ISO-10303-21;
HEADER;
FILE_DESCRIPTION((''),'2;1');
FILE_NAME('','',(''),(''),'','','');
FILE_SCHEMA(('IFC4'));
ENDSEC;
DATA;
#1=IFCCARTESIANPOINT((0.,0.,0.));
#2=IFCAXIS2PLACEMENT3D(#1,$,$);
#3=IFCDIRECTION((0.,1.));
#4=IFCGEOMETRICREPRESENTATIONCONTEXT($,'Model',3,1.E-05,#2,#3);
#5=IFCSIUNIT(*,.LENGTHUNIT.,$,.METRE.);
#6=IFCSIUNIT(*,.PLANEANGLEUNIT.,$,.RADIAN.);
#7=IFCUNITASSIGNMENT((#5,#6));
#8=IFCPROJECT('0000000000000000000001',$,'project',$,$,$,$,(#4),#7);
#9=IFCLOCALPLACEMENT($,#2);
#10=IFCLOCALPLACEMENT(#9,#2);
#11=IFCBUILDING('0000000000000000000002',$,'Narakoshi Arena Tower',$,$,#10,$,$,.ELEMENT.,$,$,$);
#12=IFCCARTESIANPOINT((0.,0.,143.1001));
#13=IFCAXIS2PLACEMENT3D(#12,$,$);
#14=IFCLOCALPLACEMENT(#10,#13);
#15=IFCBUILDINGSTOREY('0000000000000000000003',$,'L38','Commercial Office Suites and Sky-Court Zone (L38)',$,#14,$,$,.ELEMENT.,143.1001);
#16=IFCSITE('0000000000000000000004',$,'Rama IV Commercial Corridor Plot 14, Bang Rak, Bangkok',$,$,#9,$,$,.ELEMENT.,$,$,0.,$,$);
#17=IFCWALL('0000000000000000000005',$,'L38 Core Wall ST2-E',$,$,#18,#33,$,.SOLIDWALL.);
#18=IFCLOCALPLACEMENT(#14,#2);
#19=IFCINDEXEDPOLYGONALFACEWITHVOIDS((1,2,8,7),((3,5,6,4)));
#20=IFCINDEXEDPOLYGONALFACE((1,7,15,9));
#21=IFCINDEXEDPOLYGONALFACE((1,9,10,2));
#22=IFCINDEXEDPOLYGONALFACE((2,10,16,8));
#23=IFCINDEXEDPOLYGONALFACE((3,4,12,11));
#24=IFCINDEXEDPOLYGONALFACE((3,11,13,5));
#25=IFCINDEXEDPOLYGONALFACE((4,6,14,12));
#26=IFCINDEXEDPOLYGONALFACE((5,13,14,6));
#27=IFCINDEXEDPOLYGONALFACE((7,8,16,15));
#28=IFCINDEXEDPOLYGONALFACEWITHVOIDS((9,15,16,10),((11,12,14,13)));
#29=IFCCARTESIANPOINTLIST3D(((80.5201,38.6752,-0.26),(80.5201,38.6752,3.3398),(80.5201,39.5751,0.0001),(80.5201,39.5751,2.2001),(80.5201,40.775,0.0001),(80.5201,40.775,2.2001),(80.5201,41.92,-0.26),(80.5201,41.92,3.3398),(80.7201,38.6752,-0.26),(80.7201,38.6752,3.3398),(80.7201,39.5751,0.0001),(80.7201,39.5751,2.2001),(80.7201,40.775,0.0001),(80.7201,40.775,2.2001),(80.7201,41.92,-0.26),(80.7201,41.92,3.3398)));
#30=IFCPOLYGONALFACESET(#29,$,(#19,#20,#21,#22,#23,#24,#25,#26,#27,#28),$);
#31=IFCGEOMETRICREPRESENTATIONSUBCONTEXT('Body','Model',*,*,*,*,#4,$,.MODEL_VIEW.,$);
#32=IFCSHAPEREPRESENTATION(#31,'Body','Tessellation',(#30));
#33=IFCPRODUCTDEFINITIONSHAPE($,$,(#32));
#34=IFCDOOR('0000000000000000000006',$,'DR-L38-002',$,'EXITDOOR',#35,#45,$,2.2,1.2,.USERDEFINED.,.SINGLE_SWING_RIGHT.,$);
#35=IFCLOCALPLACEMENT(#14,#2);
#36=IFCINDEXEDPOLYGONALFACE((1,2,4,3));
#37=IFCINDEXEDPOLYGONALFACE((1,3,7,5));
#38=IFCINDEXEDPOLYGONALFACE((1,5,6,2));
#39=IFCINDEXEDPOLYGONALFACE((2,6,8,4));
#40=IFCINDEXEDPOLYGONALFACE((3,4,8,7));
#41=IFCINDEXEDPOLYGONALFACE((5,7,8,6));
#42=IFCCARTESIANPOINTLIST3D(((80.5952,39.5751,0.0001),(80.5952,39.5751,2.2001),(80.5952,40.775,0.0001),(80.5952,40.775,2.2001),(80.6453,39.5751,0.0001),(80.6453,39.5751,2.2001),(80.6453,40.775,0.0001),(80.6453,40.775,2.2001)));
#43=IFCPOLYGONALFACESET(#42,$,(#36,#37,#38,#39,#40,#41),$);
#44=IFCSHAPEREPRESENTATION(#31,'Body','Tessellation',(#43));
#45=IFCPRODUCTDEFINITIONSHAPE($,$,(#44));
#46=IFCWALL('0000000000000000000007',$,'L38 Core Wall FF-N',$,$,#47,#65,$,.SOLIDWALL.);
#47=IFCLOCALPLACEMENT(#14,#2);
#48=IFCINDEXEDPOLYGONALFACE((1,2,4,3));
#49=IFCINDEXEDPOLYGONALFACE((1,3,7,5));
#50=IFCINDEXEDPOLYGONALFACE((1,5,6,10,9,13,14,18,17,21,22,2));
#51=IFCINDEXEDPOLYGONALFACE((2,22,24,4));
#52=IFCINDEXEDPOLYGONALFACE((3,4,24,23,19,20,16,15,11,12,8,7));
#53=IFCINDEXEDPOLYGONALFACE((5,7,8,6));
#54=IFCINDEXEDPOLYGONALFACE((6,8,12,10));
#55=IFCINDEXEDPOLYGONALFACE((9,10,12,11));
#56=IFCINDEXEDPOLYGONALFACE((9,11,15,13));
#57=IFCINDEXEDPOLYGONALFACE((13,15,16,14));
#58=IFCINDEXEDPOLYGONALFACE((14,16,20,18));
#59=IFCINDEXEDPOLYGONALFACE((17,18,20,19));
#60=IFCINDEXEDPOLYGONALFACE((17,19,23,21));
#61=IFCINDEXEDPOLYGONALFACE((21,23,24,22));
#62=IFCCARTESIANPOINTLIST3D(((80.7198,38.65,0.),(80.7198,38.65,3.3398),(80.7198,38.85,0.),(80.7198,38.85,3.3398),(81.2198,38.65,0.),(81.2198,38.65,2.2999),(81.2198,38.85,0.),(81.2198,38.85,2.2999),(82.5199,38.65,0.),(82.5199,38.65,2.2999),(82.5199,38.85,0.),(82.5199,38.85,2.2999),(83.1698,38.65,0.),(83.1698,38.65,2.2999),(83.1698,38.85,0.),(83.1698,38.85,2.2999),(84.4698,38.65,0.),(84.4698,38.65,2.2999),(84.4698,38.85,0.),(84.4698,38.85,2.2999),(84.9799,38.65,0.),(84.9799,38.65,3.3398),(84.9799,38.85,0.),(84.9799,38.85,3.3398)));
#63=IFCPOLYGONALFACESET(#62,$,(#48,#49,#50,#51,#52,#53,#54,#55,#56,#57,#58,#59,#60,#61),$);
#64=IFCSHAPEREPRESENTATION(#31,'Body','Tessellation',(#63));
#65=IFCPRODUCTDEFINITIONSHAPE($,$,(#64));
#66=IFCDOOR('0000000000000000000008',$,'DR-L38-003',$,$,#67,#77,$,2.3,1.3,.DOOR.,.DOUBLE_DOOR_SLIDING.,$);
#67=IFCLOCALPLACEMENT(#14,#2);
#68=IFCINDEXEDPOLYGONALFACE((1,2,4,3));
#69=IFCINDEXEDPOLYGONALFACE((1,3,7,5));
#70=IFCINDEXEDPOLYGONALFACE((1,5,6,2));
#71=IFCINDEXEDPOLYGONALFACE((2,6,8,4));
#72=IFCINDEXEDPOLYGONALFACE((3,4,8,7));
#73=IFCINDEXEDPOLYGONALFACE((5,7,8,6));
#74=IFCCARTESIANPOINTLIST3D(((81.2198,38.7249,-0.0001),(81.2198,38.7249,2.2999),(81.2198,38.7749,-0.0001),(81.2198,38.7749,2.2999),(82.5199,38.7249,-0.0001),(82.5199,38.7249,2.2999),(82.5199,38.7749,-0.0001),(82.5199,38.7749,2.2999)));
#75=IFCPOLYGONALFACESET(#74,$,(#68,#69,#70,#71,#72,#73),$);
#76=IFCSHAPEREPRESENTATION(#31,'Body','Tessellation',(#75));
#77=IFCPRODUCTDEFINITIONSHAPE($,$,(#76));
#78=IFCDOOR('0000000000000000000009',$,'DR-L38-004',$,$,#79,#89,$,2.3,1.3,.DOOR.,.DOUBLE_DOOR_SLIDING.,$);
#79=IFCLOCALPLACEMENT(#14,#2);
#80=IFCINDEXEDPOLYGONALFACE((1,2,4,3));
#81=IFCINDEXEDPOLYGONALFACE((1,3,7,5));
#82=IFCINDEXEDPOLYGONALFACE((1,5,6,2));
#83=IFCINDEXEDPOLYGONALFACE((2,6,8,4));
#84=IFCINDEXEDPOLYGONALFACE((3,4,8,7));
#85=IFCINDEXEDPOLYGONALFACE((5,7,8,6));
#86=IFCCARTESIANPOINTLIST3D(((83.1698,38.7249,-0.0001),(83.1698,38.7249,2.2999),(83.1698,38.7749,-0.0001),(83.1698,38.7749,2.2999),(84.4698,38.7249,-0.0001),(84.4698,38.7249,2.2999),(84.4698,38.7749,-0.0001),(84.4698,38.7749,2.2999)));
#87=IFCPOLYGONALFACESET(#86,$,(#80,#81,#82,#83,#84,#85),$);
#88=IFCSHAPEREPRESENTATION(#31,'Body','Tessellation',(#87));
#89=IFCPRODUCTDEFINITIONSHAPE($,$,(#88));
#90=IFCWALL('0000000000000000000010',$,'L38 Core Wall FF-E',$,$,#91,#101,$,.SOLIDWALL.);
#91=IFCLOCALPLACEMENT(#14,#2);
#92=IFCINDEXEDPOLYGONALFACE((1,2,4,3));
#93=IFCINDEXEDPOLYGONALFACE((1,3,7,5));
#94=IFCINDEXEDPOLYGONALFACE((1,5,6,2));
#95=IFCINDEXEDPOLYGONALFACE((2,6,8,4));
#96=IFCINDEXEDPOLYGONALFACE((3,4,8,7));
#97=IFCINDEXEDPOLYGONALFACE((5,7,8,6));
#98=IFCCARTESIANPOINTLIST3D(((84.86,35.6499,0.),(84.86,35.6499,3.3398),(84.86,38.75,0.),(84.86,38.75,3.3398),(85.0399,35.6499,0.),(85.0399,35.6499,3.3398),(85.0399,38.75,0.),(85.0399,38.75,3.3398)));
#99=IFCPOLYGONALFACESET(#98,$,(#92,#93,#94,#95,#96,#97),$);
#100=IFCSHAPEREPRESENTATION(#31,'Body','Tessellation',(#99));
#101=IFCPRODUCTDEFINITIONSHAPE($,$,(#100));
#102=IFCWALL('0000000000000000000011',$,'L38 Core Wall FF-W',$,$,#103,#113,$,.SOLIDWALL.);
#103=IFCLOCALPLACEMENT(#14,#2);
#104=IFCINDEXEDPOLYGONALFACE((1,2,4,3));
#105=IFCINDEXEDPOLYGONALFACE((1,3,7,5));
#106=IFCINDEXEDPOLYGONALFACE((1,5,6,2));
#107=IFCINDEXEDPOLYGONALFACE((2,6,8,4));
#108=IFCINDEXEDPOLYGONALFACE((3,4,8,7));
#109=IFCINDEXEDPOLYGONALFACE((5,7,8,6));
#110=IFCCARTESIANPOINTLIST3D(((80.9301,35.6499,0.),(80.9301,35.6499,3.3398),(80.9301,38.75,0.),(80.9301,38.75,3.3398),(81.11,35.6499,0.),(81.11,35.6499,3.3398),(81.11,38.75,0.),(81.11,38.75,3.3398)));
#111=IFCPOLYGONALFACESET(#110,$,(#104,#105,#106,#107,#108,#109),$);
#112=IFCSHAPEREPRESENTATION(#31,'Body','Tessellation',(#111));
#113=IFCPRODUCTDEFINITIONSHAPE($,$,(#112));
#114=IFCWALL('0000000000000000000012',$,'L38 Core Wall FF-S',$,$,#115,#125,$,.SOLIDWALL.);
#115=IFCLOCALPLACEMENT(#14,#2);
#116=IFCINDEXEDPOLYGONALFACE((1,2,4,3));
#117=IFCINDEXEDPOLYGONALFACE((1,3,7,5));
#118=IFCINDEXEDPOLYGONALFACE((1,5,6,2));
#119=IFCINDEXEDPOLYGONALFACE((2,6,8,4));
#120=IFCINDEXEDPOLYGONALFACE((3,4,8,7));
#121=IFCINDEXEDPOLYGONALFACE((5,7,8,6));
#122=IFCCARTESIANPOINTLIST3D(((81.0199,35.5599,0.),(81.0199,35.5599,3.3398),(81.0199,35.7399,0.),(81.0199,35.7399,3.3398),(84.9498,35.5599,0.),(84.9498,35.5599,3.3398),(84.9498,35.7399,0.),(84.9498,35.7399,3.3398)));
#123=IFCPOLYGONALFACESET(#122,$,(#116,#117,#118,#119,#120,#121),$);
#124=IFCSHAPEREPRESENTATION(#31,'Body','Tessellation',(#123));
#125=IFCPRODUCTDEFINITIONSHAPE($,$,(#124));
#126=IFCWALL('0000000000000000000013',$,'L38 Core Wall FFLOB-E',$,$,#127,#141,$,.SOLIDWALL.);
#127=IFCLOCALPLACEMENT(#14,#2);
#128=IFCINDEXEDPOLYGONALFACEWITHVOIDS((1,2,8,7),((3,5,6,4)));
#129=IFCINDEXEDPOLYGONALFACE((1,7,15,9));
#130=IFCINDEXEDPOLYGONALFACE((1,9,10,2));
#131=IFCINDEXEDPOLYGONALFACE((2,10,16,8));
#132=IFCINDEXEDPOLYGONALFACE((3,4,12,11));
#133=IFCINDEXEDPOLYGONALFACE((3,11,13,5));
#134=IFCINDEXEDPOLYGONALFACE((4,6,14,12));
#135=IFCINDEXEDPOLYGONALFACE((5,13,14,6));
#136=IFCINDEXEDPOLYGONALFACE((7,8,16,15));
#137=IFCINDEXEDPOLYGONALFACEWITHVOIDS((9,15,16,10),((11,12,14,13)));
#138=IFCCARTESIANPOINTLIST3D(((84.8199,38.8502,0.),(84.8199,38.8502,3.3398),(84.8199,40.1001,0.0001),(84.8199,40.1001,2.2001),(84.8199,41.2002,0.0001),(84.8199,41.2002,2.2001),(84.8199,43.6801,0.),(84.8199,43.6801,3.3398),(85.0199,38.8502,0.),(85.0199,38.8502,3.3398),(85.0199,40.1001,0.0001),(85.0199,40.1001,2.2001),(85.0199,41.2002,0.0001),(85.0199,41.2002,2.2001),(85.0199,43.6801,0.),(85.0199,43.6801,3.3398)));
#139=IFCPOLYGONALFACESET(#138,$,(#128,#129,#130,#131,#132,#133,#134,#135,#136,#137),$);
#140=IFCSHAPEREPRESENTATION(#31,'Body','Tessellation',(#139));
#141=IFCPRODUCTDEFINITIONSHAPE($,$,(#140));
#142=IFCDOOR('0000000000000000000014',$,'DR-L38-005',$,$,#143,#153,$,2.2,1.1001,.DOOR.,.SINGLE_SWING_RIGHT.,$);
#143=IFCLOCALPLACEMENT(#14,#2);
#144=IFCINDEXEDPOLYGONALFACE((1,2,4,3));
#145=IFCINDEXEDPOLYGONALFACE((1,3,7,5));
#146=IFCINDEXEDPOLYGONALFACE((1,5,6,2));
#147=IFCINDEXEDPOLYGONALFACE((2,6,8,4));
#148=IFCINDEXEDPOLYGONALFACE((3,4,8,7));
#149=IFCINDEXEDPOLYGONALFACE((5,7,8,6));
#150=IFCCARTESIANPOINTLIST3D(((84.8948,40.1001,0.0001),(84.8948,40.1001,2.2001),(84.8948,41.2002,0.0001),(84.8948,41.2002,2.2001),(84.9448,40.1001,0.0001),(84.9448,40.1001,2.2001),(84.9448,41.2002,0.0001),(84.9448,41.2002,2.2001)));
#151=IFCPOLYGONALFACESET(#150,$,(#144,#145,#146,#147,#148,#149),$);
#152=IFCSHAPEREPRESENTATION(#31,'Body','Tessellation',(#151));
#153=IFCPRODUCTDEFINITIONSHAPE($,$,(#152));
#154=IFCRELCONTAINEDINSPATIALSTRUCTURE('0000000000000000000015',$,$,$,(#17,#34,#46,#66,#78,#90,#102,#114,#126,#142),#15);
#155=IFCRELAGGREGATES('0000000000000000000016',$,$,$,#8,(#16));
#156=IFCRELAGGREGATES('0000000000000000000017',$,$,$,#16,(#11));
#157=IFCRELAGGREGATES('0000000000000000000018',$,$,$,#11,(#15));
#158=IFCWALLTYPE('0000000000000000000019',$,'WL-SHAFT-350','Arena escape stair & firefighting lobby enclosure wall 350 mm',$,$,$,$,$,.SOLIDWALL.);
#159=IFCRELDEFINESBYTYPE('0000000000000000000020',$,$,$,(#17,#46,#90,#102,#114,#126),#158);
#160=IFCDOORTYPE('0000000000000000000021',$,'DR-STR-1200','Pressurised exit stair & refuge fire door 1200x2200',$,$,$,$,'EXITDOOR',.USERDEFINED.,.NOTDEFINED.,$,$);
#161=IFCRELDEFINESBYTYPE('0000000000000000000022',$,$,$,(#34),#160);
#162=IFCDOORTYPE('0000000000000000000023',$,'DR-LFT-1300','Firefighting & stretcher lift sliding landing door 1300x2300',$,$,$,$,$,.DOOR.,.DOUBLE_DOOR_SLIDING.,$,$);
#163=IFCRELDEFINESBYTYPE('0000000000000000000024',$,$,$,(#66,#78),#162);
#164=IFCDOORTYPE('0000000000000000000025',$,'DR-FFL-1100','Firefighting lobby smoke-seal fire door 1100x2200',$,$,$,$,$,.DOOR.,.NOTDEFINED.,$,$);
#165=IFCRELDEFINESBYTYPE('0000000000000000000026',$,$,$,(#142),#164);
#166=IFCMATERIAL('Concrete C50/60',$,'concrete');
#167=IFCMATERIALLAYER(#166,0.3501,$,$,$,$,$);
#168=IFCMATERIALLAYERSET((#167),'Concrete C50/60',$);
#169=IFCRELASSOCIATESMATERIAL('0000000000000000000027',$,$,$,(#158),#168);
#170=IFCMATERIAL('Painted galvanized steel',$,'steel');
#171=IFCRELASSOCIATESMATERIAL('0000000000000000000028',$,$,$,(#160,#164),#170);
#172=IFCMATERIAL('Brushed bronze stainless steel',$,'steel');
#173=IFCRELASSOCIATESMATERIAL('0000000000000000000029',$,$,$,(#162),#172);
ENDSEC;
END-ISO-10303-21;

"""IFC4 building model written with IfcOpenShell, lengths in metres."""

from ifc_helpers import new_model, si_unit, direction, frame, frame_2d, origin, place, context, subcontext, project, spatial, rectangle, extrude, material, layer, layer_set, type_object, element, fill, save


model = new_model("IFC4")

# Units and contexts
model_context = context("Model", 3, precision=1e-05, world=origin(), true_north=direction((0.0, 1.0)))
body_context = subcontext(model_context, "Body", "Model", "MODEL_VIEW")
ifc_project = project(units=[si_unit("LENGTHUNIT", "METRE"), si_unit("PLANEANGLEUNIT", "RADIAN")], contexts=[model_context])

# Site, building, storey
site_placement = place(None, origin())
site = spatial("IfcSite", under=ifc_project, at=site_placement, Name="Rama IV Commercial Corridor Plot 14, Bang Rak, Bangkok", CompositionType="ELEMENT", RefElevation=0.0)
building_placement = place(site_placement, origin())
building = spatial("IfcBuilding", under=site, at=building_placement, Name="Narakoshi Arena Tower", CompositionType="ELEMENT")
storey_placement = place(building_placement, frame((0.0, 0.0, 143.1001)))
storey = spatial("IfcBuildingStorey", under=building, at=storey_placement, Name="L38", Description="Commercial Office Suites and Sky-Court Zone (L38)", CompositionType="ELEMENT", Elevation=143.1001)

# Shared definitions
ifc_material_1 = material(Name="Concrete C50/60", Category="concrete")
ifc_layer_1 = layer(ifc_material_1, 0.3501)
ifc_layer_set_1 = layer_set([ifc_layer_1], Name="Concrete C50/60")
wall_type_1 = type_object("IfcWallType", Name="WL-SHAFT-350", Description="Arena escape stair & firefighting lobby enclosure wall 350 mm", PredefinedType="SOLIDWALL", material=ifc_layer_set_1)

# Wall, opening, door
wall_1_placement = place(storey_placement, frame((80.6201, 38.675, -0.26), z_axis=(0.0, 0.0, 1.0), x_axis=(0.0, 1.0, 0.0)))
wall_1 = element("IfcWall", 1, at=wall_1_placement, inside=storey, type_object=wall_type_1, Name="L38 Core Wall ST2-E", PredefinedType="SOLIDWALL", context=body_context, shape_type="SweptSolid", body=[
    extrude(rectangle(XDim=3.2449, YDim=0.2, at=frame_2d((1.6226, 0.0))), origin(), (0.0, 0.0, 1.0), 3.5999),
])
opening_1_placement = place(wall_1_placement, frame((0.8999, 0.0, 0.26)))
opening_1 = element("IfcOpeningElement", 2, at=opening_1_placement, cuts=wall_1, PredefinedType="OPENING", context=body_context, shape_type="SweptSolid", body=[
    extrude(rectangle(XDim=1.2, YDim=2.2, at=frame_2d((0.6001, 1.1001))), frame((0.0, 0.1099, 0.0), z_axis=(0.0, -1.0, 0.0), x_axis=(1.0, 0.0, 0.0)), (0.0, 0.0, 1.0), 0.22),
])
ifc_material_2 = material(Name="Painted galvanized steel", Category="steel")
door_type_1 = type_object("IfcDoorType", Name="DR-STR-1200", Description="Pressurised exit stair & refuge fire door 1200x2200", ElementType="EXITDOOR", OperationType="NOTDEFINED", PredefinedType="USERDEFINED", material=ifc_material_2)
door_1_placement = place(opening_1_placement, origin())
door_1 = element("IfcDoor", 3, at=door_1_placement, inside=storey, type_object=door_type_1, Name="DR-L38-002", ObjectType="EXITDOOR", OperationType="SINGLE_SWING_RIGHT", OverallHeight=2.2, OverallWidth=1.2, PredefinedType="USERDEFINED", context=body_context, shape_type="SweptSolid", body=[
    extrude(rectangle(XDim=1.2, YDim=2.2, at=frame_2d((0.6001, 1.1001))), frame((0.0, 0.0249, 0.0), z_axis=(0.0, -1.0, 0.0), x_axis=(1.0, 0.0, 0.0)), (0.0, 0.0, 1.0), 0.05),
])
fill(opening_1, door_1)

# Wall, openings, doors
wall_2_placement = place(storey_placement, frame((80.72, 38.75, 0.0), z_axis=(0.0, 0.0, 1.0), x_axis=(1.0, 0.0, 0.0)))
wall_2 = element("IfcWall", 4, at=wall_2_placement, inside=storey, type_object=wall_type_1, Name="L38 Core Wall FF-N", PredefinedType="SOLIDWALL", context=body_context, shape_type="SweptSolid", body=[
    extrude(rectangle(XDim=4.26, YDim=0.2, at=frame_2d((2.1299, 0.0))), origin(), (0.0, 0.0, 1.0), 3.3398),
])
opening_2_placement = place(wall_2_placement, frame((0.5, 0.0, 0.0)))
opening_2 = element("IfcOpeningElement", 5, at=opening_2_placement, cuts=wall_2, PredefinedType="OPENING", context=body_context, shape_type="SweptSolid", body=[
    extrude(rectangle(XDim=1.3, YDim=2.3, at=frame_2d((0.6499, 1.1499))), frame((0.0, 0.1099, 0.0), z_axis=(0.0, -1.0, 0.0), x_axis=(1.0, 0.0, 0.0)), (0.0, 0.0, 1.0), 0.22),
])
opening_3_placement = place(wall_2_placement, frame((2.45, 0.0, 0.0)))
opening_3 = element("IfcOpeningElement", 6, at=opening_3_placement, cuts=wall_2, PredefinedType="OPENING", context=body_context, shape_type="SweptSolid", body=[
    extrude(rectangle(XDim=1.3, YDim=2.3, at=frame_2d((0.6499, 1.1499))), frame((0.0, 0.1099, 0.0), z_axis=(0.0, -1.0, 0.0), x_axis=(1.0, 0.0, 0.0)), (0.0, 0.0, 1.0), 0.22),
])
ifc_material_3 = material(Name="Brushed bronze stainless steel", Category="steel")
door_type_2 = type_object("IfcDoorType", Name="DR-LFT-1300", Description="Firefighting & stretcher lift sliding landing door 1300x2300", OperationType="DOUBLE_DOOR_SLIDING", PredefinedType="DOOR", material=ifc_material_3)
door_2_placement = place(opening_2_placement, origin())
door_2 = element("IfcDoor", 7, at=door_2_placement, inside=storey, type_object=door_type_2, Name="DR-L38-003", OperationType="DOUBLE_DOOR_SLIDING", OverallHeight=2.3, OverallWidth=1.3, PredefinedType="DOOR", context=body_context, shape_type="SweptSolid", body=[
    extrude(rectangle(XDim=1.3, YDim=2.3, at=frame_2d((0.6499, 1.1499))), frame((0.0, 0.0249, 0.0), z_axis=(0.0, -1.0, 0.0), x_axis=(1.0, 0.0, 0.0)), (0.0, 0.0, 1.0), 0.05),
])
fill(opening_2, door_2)
door_3_placement = place(opening_3_placement, origin())
door_3 = element("IfcDoor", 8, at=door_3_placement, inside=storey, type_object=door_type_2, Name="DR-L38-004", OperationType="DOUBLE_DOOR_SLIDING", OverallHeight=2.3, OverallWidth=1.3, PredefinedType="DOOR", context=body_context, shape_type="SweptSolid", body=[
    extrude(rectangle(XDim=1.3, YDim=2.3, at=frame_2d((0.6499, 1.1499))), frame((0.0, 0.0249, 0.0), z_axis=(0.0, -1.0, 0.0), x_axis=(1.0, 0.0, 0.0)), (0.0, 0.0, 1.0), 0.05),
])
fill(opening_3, door_3)

# Walls
for number, where, z_axis, x_axis, name in (
    (9, (84.95, 35.6499, 0.0), (0.0, 0.0, 1.0), (0.0, 1.0, 0.0), "L38 Core Wall FF-E"),
    (10, (81.02, 35.6499, 0.0), (0.0, 0.0, 1.0), (0.0, 1.0, 0.0), "L38 Core Wall FF-W"),
):
    element("IfcWall", number, at=place(storey_placement, frame(where, z_axis=z_axis, x_axis=x_axis)), inside=storey, type_object=wall_type_1, Name=name, PredefinedType="SOLIDWALL", context=body_context, shape_type="SweptSolid", body=[
        extrude(rectangle(XDim=3.1001, YDim=0.1799, at=frame_2d((1.55, 0.0))), origin(), (0.0, 0.0, 1.0), 3.3398),
    ])
wall_3_placement = place(storey_placement, frame((81.02, 35.6499, 0.0), z_axis=(0.0, 0.0, 1.0), x_axis=(1.0, 0.0, 0.0)))
element("IfcWall", 11, at=wall_3_placement, inside=storey, type_object=wall_type_1, Name="L38 Core Wall FF-S", PredefinedType="SOLIDWALL", context=body_context, shape_type="SweptSolid", body=[
    extrude(rectangle(XDim=3.9299, YDim=0.1799, at=frame_2d((1.9648, 0.0))), origin(), (0.0, 0.0, 1.0), 3.3398),
])

# Wall, opening, door
wall_4_placement = place(storey_placement, frame((84.9199, 38.8501, 0.0), z_axis=(0.0, 0.0, 1.0), x_axis=(0.0, 1.0, 0.0)))
wall_4 = element("IfcWall", 12, at=wall_4_placement, inside=storey, type_object=wall_type_1, Name="L38 Core Wall FFLOB-E", PredefinedType="SOLIDWALL", context=body_context, shape_type="SweptSolid", body=[
    extrude(rectangle(XDim=4.8298, YDim=0.2, at=frame_2d((2.415, 0.0))), origin(), (0.0, 0.0, 1.0), 3.3398),
])
opening_4_placement = place(wall_4_placement, frame((1.25, 0.0, 0.0)))
opening_4 = element("IfcOpeningElement", 13, at=opening_4_placement, cuts=wall_4, PredefinedType="OPENING", context=body_context, shape_type="SweptSolid", body=[
    extrude(rectangle(XDim=1.1001, YDim=2.2, at=frame_2d((0.55, 1.1001))), frame((0.0, 0.1099, 0.0), z_axis=(0.0, -1.0, 0.0), x_axis=(1.0, 0.0, 0.0)), (0.0, 0.0, 1.0), 0.22),
])
door_type_3 = type_object("IfcDoorType", Name="DR-FFL-1100", Description="Firefighting lobby smoke-seal fire door 1100x2200", OperationType="NOTDEFINED", PredefinedType="DOOR", material=ifc_material_2)
door_4_placement = place(opening_4_placement, frame((1.1001, 0.0, 0.0), z_axis=(0.0, 0.0, 1.0), x_axis=(-1.0, 0.0, 0.0)))
door_4 = element("IfcDoor", 14, at=door_4_placement, inside=storey, type_object=door_type_3, Name="DR-L38-005", OperationType="SINGLE_SWING_RIGHT", OverallHeight=2.2, OverallWidth=1.1001, PredefinedType="DOOR", context=body_context, shape_type="SweptSolid", body=[
    extrude(rectangle(XDim=1.1001, YDim=2.2, at=frame_2d((0.55, 1.1001))), frame((0.0, 0.0249, 0.0), z_axis=(0.0, -1.0, 0.0), x_axis=(1.0, 0.0, 0.0)), (0.0, 0.0, 1.0), 0.05),
])
fill(opening_4, door_4)

save(model, "model.ifc")
